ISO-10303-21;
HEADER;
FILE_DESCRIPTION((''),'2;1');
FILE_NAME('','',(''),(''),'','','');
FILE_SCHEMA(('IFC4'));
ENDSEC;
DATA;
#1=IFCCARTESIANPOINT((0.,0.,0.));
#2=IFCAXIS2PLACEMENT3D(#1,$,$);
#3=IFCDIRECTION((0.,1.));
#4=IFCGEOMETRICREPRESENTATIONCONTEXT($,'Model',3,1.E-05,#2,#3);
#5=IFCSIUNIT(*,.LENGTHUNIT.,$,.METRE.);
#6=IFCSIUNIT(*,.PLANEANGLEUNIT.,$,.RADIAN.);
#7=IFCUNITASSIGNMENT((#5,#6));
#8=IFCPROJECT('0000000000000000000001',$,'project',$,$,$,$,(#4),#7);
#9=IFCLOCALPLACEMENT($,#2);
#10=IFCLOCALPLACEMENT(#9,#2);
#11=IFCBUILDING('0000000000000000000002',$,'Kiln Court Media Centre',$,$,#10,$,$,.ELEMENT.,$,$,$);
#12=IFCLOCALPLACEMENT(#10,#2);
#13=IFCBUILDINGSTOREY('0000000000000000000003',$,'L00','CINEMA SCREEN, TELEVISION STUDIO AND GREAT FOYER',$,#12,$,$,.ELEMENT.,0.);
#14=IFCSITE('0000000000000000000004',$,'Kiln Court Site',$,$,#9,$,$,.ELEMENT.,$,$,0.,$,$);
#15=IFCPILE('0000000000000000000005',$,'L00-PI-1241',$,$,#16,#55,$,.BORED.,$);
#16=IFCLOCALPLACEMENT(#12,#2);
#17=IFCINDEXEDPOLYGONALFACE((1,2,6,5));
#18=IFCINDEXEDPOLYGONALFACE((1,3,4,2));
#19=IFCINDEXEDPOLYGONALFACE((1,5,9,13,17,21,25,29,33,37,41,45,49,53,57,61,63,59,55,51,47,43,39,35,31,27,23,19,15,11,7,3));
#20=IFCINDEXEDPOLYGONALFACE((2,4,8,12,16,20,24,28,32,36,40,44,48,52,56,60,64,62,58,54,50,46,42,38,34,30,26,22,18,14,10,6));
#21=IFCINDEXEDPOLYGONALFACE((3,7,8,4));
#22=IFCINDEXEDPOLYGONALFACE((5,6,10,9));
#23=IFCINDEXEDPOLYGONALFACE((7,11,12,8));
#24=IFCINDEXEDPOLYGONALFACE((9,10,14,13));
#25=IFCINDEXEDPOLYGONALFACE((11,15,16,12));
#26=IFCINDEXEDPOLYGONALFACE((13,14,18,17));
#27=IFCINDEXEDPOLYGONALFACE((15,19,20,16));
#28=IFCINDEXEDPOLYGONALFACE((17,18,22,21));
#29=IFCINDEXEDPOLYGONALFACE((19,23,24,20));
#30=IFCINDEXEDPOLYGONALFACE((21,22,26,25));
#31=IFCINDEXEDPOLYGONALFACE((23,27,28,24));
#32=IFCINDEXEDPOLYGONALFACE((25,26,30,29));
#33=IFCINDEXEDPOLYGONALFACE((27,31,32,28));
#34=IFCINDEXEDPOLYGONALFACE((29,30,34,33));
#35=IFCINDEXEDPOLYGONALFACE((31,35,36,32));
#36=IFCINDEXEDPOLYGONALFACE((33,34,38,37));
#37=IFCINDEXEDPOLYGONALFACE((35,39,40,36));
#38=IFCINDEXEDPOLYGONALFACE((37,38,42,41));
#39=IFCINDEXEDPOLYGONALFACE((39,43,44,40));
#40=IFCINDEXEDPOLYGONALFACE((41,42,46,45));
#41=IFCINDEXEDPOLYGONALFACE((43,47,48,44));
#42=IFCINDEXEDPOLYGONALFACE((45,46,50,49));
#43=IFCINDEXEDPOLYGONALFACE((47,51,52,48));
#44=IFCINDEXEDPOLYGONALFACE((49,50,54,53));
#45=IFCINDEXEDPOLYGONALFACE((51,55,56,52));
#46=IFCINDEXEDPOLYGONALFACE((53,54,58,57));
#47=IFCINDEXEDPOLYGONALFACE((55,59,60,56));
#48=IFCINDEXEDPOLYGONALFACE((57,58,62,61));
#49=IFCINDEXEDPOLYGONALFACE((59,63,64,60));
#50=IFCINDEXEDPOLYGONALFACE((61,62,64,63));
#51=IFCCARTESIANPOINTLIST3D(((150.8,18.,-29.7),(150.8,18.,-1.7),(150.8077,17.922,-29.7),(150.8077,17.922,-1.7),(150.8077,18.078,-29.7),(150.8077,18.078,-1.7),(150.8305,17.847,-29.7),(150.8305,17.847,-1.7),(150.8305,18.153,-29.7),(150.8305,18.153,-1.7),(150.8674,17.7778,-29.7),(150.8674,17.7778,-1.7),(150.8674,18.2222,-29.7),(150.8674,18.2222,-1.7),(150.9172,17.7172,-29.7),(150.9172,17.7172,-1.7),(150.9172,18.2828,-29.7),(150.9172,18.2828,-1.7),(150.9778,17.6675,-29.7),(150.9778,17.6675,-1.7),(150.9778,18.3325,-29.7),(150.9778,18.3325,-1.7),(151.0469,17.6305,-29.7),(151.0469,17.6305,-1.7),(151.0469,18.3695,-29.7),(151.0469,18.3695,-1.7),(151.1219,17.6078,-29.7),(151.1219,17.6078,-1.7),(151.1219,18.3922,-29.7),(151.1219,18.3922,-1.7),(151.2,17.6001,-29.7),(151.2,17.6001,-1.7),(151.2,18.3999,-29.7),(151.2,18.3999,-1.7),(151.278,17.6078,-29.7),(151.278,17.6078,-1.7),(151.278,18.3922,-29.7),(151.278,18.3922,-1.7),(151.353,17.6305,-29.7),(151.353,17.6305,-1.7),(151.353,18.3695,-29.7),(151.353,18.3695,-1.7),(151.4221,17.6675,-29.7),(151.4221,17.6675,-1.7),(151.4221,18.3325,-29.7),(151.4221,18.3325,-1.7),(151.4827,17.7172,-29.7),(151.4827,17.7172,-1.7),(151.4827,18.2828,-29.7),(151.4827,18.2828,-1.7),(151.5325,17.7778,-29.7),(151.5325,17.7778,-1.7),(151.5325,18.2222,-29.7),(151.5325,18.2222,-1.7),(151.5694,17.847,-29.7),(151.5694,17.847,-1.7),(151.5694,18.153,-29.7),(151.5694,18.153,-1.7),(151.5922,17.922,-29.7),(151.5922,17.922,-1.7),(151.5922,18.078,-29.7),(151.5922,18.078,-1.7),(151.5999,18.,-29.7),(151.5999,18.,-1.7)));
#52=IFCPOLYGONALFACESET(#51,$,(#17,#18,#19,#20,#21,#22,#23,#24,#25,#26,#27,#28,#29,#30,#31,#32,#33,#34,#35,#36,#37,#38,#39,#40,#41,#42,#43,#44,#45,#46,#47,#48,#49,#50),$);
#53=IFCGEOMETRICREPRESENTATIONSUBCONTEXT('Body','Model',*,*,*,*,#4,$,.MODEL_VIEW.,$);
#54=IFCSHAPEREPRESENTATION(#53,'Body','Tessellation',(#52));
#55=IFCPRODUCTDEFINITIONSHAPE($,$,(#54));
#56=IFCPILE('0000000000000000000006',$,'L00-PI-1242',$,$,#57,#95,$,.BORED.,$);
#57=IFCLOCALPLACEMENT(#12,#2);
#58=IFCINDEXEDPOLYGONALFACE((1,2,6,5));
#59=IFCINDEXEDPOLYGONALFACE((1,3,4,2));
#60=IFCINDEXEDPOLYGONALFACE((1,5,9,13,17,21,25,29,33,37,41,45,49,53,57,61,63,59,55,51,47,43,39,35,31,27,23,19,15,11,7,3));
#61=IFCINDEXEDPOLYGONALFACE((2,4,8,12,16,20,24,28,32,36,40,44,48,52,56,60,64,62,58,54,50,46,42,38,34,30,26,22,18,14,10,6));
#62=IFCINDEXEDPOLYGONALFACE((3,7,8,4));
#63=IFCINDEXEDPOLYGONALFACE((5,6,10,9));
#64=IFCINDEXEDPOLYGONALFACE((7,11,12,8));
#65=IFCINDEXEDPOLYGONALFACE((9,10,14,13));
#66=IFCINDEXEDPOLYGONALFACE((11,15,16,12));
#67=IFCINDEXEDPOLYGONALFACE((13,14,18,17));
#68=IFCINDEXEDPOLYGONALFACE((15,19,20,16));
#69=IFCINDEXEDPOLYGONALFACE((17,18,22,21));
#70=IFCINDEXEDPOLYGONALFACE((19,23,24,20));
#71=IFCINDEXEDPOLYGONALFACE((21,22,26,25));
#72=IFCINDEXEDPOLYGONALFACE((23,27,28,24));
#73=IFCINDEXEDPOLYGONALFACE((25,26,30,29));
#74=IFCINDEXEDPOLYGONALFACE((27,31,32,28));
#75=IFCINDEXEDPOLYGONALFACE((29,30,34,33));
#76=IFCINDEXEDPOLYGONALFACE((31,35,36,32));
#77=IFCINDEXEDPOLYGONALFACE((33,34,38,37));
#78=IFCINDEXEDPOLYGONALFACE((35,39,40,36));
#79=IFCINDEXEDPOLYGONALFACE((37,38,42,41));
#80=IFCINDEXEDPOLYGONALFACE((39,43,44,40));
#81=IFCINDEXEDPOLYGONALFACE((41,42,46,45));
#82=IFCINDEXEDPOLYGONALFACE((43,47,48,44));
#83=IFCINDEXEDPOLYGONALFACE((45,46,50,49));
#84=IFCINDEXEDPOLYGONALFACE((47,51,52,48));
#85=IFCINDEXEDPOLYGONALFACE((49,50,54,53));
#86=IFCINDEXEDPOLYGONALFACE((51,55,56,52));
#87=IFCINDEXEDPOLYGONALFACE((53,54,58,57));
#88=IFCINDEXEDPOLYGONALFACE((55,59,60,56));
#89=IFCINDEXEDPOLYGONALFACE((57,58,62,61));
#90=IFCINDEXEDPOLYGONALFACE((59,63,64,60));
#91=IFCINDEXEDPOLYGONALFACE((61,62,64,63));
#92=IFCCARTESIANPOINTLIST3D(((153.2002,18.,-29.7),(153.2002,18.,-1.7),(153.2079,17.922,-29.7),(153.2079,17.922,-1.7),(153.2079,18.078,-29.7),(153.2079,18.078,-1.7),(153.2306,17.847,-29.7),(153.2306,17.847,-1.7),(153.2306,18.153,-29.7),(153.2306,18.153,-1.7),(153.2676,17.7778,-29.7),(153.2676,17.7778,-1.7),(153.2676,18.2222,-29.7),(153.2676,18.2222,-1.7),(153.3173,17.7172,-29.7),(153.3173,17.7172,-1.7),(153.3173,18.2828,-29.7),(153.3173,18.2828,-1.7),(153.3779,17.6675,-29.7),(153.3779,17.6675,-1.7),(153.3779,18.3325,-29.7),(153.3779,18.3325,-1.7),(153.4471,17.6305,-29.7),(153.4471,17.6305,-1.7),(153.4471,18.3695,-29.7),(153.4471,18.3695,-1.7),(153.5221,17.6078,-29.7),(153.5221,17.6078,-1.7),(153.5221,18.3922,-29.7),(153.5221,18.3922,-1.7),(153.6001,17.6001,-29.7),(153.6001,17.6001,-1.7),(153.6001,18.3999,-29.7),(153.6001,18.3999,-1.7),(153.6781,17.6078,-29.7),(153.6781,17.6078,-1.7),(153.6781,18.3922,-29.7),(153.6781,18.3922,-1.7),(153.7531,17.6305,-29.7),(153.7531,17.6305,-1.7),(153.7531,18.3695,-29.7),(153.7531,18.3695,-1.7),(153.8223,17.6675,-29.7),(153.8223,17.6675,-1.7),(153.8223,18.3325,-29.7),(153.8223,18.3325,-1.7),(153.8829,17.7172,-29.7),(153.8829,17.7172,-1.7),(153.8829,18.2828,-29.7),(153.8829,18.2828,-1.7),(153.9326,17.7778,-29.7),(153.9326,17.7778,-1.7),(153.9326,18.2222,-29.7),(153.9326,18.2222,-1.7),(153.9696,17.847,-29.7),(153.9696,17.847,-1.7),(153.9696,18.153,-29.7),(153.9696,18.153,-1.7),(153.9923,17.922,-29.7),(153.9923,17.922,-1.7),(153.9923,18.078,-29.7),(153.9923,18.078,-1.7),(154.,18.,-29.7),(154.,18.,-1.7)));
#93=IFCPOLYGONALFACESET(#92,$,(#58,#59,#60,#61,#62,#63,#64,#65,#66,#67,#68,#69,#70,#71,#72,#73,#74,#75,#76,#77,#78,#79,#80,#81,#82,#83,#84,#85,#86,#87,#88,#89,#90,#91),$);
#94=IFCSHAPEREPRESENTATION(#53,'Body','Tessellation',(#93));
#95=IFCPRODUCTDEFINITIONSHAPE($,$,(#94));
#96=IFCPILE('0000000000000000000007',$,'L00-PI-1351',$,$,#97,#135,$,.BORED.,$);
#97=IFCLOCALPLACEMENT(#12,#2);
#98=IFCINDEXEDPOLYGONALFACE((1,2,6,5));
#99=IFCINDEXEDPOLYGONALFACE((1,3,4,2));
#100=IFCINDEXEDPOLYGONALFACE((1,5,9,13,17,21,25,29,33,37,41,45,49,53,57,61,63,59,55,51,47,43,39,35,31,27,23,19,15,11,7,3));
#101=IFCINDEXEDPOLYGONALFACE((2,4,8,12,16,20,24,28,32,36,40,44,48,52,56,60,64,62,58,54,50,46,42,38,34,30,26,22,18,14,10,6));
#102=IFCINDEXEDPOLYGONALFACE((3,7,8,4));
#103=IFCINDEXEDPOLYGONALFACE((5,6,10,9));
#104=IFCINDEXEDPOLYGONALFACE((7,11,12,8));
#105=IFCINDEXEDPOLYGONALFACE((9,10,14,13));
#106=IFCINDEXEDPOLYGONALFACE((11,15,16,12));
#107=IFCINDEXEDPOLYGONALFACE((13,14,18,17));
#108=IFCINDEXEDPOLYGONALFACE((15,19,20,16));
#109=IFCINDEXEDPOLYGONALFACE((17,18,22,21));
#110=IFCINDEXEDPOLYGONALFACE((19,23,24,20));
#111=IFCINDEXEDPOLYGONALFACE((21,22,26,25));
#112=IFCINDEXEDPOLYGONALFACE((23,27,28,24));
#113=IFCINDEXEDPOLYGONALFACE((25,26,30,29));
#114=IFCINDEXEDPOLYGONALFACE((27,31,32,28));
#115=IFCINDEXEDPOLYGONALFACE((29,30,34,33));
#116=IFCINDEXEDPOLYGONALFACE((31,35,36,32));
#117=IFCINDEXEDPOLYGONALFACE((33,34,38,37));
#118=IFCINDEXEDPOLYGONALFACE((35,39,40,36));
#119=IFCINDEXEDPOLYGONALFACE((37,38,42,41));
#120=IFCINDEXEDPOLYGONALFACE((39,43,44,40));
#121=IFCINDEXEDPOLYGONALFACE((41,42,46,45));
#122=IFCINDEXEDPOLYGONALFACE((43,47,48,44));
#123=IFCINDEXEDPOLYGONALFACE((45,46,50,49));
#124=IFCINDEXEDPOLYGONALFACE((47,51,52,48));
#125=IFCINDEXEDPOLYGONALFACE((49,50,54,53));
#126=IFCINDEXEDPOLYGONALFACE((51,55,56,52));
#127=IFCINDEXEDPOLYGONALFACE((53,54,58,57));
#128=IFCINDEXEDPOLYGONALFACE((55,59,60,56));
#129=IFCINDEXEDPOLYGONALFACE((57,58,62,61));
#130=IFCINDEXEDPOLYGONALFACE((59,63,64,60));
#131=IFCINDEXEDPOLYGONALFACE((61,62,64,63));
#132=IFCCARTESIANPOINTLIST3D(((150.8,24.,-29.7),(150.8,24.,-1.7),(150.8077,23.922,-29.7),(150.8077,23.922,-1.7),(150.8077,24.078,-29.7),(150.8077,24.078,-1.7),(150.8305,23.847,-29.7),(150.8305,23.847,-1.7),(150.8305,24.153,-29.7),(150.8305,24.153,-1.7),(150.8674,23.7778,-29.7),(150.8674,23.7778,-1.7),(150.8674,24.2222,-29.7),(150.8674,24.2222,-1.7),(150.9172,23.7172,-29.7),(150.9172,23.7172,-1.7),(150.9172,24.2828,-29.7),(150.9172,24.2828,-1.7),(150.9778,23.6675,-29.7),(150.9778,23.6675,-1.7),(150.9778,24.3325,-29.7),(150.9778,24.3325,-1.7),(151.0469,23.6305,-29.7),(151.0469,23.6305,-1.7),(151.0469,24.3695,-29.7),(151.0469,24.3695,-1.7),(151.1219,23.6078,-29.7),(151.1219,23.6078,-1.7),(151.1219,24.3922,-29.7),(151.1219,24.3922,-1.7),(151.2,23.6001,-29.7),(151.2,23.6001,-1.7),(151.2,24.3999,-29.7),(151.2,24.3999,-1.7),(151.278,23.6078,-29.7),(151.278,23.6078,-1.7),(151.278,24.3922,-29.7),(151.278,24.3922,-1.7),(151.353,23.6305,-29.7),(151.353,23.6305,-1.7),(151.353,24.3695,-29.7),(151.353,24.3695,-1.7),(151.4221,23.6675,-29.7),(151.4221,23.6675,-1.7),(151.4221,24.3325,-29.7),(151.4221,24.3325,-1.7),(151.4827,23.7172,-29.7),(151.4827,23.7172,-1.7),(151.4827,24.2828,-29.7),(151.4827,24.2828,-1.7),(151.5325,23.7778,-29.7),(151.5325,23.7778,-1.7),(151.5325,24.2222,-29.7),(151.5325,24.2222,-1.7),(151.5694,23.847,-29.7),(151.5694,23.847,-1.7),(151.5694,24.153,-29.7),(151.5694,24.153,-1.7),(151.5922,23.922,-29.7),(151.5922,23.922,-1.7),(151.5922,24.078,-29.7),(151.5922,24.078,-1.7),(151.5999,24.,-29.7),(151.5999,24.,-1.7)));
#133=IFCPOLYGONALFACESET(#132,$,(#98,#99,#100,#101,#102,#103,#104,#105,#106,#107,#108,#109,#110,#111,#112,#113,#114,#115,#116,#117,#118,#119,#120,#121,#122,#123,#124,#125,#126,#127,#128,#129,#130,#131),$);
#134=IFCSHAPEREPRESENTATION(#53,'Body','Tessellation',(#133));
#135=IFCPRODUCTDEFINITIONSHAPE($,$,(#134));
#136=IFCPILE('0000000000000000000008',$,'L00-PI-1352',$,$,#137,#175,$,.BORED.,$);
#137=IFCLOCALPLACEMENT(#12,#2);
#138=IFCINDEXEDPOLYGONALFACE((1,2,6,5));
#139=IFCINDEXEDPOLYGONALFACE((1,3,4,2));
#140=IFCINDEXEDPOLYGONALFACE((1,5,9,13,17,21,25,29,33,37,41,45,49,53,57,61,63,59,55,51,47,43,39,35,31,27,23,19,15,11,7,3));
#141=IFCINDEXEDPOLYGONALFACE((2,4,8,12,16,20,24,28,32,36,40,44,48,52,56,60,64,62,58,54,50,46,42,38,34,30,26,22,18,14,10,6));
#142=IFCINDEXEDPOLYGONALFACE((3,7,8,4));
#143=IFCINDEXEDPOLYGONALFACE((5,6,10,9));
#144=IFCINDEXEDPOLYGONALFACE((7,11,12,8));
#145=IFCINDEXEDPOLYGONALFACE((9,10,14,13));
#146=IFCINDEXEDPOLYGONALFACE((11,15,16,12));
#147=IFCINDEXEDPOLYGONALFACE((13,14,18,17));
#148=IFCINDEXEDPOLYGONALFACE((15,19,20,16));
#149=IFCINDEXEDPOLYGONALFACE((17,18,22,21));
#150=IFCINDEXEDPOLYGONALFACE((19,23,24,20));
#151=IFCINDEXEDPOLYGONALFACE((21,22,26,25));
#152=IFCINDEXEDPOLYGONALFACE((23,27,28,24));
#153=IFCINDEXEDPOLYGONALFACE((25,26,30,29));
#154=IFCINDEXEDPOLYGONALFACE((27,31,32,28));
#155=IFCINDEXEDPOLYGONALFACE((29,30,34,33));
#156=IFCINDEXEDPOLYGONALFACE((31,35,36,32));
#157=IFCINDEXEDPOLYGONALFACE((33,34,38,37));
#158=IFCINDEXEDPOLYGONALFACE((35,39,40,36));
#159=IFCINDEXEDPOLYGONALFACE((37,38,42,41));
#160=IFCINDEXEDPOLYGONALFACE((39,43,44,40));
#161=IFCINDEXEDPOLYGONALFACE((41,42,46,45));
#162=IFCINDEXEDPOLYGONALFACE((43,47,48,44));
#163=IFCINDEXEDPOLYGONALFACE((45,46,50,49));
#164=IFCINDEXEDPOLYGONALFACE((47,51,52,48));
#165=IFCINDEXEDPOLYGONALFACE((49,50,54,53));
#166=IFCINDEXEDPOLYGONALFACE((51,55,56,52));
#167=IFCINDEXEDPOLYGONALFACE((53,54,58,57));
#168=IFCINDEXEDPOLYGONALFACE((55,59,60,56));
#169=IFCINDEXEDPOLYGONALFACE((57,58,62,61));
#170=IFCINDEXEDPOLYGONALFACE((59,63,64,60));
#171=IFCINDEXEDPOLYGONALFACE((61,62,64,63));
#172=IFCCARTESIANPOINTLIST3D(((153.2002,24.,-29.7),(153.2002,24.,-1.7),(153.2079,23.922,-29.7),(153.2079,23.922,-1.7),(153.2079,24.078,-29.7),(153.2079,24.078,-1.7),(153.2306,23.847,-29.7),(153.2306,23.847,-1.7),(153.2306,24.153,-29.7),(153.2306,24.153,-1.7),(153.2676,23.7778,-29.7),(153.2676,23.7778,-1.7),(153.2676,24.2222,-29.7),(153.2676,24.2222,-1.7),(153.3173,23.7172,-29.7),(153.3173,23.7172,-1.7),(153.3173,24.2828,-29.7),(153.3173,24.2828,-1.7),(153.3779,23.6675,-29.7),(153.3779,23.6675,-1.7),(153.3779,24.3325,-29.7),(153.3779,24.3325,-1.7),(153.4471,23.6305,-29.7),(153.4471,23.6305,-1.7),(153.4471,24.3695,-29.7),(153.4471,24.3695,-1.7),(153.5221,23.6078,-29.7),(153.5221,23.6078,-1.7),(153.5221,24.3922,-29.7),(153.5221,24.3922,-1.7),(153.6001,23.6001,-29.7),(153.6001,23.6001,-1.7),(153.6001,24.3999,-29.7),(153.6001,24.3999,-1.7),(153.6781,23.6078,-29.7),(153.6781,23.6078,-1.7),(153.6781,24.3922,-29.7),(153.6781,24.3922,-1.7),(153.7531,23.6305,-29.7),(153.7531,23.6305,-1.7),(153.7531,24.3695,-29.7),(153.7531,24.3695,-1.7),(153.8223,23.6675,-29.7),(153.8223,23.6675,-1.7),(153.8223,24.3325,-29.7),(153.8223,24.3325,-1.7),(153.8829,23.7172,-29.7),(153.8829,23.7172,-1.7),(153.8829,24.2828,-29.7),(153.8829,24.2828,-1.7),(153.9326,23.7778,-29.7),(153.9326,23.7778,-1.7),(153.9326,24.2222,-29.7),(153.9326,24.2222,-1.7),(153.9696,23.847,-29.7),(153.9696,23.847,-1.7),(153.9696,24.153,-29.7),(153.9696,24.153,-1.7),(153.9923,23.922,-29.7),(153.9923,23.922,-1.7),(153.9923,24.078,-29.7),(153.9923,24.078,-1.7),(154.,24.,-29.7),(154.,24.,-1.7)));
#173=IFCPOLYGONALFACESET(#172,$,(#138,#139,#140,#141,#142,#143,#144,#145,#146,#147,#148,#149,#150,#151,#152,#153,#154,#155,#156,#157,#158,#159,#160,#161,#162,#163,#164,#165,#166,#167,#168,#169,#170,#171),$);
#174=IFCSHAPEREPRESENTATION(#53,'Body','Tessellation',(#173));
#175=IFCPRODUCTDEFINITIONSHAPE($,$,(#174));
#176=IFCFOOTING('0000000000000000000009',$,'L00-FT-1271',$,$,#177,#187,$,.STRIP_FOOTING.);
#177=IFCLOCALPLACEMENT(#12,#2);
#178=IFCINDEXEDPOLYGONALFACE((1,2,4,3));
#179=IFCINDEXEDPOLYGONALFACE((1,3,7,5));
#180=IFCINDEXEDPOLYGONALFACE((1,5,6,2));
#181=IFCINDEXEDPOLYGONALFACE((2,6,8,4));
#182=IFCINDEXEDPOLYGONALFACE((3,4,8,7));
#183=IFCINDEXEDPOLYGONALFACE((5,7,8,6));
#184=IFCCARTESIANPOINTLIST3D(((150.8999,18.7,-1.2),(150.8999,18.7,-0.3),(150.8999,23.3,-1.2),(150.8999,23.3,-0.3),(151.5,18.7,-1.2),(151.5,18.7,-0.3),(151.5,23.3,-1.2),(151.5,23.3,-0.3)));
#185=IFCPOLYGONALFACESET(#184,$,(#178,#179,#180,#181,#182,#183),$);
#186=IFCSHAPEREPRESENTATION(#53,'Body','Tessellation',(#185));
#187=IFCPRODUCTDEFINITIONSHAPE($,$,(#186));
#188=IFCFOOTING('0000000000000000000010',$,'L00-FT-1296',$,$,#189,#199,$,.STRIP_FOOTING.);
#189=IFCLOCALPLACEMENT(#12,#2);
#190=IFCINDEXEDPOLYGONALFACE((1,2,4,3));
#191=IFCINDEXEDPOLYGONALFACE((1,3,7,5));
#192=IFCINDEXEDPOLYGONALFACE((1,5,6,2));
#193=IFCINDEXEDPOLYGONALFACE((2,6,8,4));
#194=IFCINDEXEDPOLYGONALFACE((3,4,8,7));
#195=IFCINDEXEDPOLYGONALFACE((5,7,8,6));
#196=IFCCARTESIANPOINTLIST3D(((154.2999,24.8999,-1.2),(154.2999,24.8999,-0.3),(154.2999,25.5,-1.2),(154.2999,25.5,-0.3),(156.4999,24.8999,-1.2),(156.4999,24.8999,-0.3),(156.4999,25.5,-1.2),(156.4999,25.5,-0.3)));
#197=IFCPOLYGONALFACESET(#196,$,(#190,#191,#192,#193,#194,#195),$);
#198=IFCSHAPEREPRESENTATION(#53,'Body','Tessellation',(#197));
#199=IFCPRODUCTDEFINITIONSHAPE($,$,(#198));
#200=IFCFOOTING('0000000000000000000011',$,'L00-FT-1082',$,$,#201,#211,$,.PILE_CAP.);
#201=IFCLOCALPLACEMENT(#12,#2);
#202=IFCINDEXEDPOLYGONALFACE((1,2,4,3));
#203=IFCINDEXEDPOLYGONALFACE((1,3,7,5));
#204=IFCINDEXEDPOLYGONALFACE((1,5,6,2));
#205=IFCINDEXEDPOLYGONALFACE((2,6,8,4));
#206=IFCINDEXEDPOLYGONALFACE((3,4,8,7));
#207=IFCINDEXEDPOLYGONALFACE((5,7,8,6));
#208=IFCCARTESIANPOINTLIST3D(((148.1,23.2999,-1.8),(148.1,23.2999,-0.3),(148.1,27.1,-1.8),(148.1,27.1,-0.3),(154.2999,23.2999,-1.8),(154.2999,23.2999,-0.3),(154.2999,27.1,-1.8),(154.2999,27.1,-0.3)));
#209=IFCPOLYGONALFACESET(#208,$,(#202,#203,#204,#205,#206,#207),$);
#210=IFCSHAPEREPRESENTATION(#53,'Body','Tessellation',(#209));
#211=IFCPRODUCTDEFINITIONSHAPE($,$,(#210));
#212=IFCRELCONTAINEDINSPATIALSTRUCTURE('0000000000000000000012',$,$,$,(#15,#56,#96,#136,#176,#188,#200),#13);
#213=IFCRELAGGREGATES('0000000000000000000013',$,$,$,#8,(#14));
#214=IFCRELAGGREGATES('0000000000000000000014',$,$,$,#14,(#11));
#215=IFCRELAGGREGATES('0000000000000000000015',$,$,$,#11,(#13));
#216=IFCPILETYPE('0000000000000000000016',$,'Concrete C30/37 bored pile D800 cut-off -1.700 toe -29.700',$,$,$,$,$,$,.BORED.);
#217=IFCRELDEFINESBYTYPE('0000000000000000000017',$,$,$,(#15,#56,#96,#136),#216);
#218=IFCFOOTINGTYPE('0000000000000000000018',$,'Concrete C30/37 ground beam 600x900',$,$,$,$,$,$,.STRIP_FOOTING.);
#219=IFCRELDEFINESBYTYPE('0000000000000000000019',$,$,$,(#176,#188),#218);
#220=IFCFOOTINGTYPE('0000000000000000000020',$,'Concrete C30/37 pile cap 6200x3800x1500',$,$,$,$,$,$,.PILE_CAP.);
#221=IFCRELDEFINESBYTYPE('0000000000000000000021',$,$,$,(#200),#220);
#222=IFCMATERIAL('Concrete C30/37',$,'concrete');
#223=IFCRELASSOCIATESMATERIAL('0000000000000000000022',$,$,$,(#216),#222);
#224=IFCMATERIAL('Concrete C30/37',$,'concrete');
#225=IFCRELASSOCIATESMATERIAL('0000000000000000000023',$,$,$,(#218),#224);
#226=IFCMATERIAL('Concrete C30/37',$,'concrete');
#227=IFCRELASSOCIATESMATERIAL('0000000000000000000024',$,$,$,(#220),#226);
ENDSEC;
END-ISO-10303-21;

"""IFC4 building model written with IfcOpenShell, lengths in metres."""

from ifc_helpers import new_model, si_unit, direction, frame, origin, origin_2d, place, context, subcontext, project, spatial, rectangle, circle, extrude, material, material_profile, profile_set, type_object, element, save


model = new_model("IFC4")

# Units and contexts
model_context = context("Model", 3, precision=1e-05, world=origin(), true_north=direction((0.0, 1.0)))
body_context = subcontext(model_context, "Body", "Model", "MODEL_VIEW")
ifc_project = project(units=[si_unit("LENGTHUNIT", "METRE"), si_unit("PLANEANGLEUNIT", "RADIAN")], contexts=[model_context])

# Site, building, storey
site_placement = place(None, origin())
site = spatial("IfcSite", under=ifc_project, at=site_placement, Name="Kiln Court Site", CompositionType="ELEMENT", RefElevation=0.0)
building_placement = place(site_placement, origin())
building = spatial("IfcBuilding", under=site, at=building_placement, Name="Kiln Court Media Centre", CompositionType="ELEMENT")
storey_placement = place(building_placement, origin())
storey = spatial("IfcBuildingStorey", under=building, at=storey_placement, Name="L00", Description="CINEMA SCREEN, TELEVISION STUDIO AND GREAT FOYER", CompositionType="ELEMENT", Elevation=0.0)

# Piles
ifc_material_1 = material(Name="Concrete C30/37", Category="concrete")
ifc_material_profile_1 = material_profile(ifc_material_1, circle(Radius=0.3999, at=origin_2d()), Name="PILE D800")
ifc_profile_set_1 = profile_set([ifc_material_profile_1], Name="Concrete C30/37")
pile_type = type_object("IfcPileType", Name="Concrete C30/37 bored pile D800 cut-off -1.700 toe -29.700", PredefinedType="BORED", material=ifc_profile_set_1)
for number, where, z_axis, x_axis, name in (
    (1, (151.2, 18.0, -1.7), (0.0, 0.0, -1.0), (1.0, 0.0, 0.0), "L00-PI-1241"),
    (2, (153.6001, 18.0, -1.7), (0.0, 0.0, -1.0), (1.0, 0.0, 0.0), "L00-PI-1242"),
    (3, (151.2, 24.0, -1.7), (0.0, 0.0, -1.0), (1.0, 0.0, 0.0), "L00-PI-1351"),
    (4, (153.6001, 24.0, -1.7), (0.0, 0.0, -1.0), (1.0, 0.0, 0.0), "L00-PI-1352"),
):
    element("IfcPile", number, at=place(storey_placement, frame(where, z_axis=z_axis, x_axis=x_axis)), inside=storey, type_object=pile_type, Name=name, PredefinedType="BORED", context=body_context, shape_type="SweptSolid", body=[
        extrude(circle(Radius=0.3999, at=origin_2d()), origin(), (0.0, 0.0, 1.0), 28.0),
    ])

# Footings
ifc_material_2 = material(Name="Concrete C30/37", Category="concrete")
footing_type_1 = type_object("IfcFootingType", Name="Concrete C30/37 ground beam 600x900", PredefinedType="STRIP_FOOTING", material=ifc_material_2)
footing_1_placement = place(storey_placement, frame((151.2, 21.0, -1.2), z_axis=(0.0, 0.0, 1.0), x_axis=(1.0, 0.0, 0.0)))
element("IfcFooting", 5, at=footing_1_placement, inside=storey, type_object=footing_type_1, Name="L00-FT-1271", PredefinedType="STRIP_FOOTING", context=body_context, shape_type="SweptSolid", body=[
    extrude(rectangle(XDim=0.6001, YDim=4.6001, at=origin_2d()), origin(), (0.0, 0.0, 1.0), 0.8999),
])
footing_2_placement = place(storey_placement, frame((155.3999, 25.2, -1.2), z_axis=(0.0, 0.0, 1.0), x_axis=(1.0, 0.0, 0.0)))
element("IfcFooting", 6, at=footing_2_placement, inside=storey, type_object=footing_type_1, Name="L00-FT-1296", PredefinedType="STRIP_FOOTING", context=body_context, shape_type="SweptSolid", body=[
    extrude(rectangle(XDim=2.2, YDim=0.6001, at=origin_2d()), origin(), (0.0, 0.0, 1.0), 0.8999),
])
ifc_material_3 = material(Name="Concrete C30/37", Category="concrete")
footing_type_2 = type_object("IfcFootingType", Name="Concrete C30/37 pile cap 6200x3800x1500", PredefinedType="PILE_CAP", material=ifc_material_3)
footing_3_placement = place(storey_placement, frame((151.2, 25.2, -1.8), z_axis=(0.0, 0.0, 1.0), x_axis=(1.0, 0.0, 0.0)))
element("IfcFooting", 7, at=footing_3_placement, inside=storey, type_object=footing_type_2, Name="L00-FT-1082", PredefinedType="PILE_CAP", context=body_context, shape_type="SweptSolid", body=[
    extrude(rectangle(XDim=6.2, YDim=3.8, at=origin_2d()), origin(), (0.0, 0.0, 1.0), 1.5),
])

save(model, "model.ifc")
